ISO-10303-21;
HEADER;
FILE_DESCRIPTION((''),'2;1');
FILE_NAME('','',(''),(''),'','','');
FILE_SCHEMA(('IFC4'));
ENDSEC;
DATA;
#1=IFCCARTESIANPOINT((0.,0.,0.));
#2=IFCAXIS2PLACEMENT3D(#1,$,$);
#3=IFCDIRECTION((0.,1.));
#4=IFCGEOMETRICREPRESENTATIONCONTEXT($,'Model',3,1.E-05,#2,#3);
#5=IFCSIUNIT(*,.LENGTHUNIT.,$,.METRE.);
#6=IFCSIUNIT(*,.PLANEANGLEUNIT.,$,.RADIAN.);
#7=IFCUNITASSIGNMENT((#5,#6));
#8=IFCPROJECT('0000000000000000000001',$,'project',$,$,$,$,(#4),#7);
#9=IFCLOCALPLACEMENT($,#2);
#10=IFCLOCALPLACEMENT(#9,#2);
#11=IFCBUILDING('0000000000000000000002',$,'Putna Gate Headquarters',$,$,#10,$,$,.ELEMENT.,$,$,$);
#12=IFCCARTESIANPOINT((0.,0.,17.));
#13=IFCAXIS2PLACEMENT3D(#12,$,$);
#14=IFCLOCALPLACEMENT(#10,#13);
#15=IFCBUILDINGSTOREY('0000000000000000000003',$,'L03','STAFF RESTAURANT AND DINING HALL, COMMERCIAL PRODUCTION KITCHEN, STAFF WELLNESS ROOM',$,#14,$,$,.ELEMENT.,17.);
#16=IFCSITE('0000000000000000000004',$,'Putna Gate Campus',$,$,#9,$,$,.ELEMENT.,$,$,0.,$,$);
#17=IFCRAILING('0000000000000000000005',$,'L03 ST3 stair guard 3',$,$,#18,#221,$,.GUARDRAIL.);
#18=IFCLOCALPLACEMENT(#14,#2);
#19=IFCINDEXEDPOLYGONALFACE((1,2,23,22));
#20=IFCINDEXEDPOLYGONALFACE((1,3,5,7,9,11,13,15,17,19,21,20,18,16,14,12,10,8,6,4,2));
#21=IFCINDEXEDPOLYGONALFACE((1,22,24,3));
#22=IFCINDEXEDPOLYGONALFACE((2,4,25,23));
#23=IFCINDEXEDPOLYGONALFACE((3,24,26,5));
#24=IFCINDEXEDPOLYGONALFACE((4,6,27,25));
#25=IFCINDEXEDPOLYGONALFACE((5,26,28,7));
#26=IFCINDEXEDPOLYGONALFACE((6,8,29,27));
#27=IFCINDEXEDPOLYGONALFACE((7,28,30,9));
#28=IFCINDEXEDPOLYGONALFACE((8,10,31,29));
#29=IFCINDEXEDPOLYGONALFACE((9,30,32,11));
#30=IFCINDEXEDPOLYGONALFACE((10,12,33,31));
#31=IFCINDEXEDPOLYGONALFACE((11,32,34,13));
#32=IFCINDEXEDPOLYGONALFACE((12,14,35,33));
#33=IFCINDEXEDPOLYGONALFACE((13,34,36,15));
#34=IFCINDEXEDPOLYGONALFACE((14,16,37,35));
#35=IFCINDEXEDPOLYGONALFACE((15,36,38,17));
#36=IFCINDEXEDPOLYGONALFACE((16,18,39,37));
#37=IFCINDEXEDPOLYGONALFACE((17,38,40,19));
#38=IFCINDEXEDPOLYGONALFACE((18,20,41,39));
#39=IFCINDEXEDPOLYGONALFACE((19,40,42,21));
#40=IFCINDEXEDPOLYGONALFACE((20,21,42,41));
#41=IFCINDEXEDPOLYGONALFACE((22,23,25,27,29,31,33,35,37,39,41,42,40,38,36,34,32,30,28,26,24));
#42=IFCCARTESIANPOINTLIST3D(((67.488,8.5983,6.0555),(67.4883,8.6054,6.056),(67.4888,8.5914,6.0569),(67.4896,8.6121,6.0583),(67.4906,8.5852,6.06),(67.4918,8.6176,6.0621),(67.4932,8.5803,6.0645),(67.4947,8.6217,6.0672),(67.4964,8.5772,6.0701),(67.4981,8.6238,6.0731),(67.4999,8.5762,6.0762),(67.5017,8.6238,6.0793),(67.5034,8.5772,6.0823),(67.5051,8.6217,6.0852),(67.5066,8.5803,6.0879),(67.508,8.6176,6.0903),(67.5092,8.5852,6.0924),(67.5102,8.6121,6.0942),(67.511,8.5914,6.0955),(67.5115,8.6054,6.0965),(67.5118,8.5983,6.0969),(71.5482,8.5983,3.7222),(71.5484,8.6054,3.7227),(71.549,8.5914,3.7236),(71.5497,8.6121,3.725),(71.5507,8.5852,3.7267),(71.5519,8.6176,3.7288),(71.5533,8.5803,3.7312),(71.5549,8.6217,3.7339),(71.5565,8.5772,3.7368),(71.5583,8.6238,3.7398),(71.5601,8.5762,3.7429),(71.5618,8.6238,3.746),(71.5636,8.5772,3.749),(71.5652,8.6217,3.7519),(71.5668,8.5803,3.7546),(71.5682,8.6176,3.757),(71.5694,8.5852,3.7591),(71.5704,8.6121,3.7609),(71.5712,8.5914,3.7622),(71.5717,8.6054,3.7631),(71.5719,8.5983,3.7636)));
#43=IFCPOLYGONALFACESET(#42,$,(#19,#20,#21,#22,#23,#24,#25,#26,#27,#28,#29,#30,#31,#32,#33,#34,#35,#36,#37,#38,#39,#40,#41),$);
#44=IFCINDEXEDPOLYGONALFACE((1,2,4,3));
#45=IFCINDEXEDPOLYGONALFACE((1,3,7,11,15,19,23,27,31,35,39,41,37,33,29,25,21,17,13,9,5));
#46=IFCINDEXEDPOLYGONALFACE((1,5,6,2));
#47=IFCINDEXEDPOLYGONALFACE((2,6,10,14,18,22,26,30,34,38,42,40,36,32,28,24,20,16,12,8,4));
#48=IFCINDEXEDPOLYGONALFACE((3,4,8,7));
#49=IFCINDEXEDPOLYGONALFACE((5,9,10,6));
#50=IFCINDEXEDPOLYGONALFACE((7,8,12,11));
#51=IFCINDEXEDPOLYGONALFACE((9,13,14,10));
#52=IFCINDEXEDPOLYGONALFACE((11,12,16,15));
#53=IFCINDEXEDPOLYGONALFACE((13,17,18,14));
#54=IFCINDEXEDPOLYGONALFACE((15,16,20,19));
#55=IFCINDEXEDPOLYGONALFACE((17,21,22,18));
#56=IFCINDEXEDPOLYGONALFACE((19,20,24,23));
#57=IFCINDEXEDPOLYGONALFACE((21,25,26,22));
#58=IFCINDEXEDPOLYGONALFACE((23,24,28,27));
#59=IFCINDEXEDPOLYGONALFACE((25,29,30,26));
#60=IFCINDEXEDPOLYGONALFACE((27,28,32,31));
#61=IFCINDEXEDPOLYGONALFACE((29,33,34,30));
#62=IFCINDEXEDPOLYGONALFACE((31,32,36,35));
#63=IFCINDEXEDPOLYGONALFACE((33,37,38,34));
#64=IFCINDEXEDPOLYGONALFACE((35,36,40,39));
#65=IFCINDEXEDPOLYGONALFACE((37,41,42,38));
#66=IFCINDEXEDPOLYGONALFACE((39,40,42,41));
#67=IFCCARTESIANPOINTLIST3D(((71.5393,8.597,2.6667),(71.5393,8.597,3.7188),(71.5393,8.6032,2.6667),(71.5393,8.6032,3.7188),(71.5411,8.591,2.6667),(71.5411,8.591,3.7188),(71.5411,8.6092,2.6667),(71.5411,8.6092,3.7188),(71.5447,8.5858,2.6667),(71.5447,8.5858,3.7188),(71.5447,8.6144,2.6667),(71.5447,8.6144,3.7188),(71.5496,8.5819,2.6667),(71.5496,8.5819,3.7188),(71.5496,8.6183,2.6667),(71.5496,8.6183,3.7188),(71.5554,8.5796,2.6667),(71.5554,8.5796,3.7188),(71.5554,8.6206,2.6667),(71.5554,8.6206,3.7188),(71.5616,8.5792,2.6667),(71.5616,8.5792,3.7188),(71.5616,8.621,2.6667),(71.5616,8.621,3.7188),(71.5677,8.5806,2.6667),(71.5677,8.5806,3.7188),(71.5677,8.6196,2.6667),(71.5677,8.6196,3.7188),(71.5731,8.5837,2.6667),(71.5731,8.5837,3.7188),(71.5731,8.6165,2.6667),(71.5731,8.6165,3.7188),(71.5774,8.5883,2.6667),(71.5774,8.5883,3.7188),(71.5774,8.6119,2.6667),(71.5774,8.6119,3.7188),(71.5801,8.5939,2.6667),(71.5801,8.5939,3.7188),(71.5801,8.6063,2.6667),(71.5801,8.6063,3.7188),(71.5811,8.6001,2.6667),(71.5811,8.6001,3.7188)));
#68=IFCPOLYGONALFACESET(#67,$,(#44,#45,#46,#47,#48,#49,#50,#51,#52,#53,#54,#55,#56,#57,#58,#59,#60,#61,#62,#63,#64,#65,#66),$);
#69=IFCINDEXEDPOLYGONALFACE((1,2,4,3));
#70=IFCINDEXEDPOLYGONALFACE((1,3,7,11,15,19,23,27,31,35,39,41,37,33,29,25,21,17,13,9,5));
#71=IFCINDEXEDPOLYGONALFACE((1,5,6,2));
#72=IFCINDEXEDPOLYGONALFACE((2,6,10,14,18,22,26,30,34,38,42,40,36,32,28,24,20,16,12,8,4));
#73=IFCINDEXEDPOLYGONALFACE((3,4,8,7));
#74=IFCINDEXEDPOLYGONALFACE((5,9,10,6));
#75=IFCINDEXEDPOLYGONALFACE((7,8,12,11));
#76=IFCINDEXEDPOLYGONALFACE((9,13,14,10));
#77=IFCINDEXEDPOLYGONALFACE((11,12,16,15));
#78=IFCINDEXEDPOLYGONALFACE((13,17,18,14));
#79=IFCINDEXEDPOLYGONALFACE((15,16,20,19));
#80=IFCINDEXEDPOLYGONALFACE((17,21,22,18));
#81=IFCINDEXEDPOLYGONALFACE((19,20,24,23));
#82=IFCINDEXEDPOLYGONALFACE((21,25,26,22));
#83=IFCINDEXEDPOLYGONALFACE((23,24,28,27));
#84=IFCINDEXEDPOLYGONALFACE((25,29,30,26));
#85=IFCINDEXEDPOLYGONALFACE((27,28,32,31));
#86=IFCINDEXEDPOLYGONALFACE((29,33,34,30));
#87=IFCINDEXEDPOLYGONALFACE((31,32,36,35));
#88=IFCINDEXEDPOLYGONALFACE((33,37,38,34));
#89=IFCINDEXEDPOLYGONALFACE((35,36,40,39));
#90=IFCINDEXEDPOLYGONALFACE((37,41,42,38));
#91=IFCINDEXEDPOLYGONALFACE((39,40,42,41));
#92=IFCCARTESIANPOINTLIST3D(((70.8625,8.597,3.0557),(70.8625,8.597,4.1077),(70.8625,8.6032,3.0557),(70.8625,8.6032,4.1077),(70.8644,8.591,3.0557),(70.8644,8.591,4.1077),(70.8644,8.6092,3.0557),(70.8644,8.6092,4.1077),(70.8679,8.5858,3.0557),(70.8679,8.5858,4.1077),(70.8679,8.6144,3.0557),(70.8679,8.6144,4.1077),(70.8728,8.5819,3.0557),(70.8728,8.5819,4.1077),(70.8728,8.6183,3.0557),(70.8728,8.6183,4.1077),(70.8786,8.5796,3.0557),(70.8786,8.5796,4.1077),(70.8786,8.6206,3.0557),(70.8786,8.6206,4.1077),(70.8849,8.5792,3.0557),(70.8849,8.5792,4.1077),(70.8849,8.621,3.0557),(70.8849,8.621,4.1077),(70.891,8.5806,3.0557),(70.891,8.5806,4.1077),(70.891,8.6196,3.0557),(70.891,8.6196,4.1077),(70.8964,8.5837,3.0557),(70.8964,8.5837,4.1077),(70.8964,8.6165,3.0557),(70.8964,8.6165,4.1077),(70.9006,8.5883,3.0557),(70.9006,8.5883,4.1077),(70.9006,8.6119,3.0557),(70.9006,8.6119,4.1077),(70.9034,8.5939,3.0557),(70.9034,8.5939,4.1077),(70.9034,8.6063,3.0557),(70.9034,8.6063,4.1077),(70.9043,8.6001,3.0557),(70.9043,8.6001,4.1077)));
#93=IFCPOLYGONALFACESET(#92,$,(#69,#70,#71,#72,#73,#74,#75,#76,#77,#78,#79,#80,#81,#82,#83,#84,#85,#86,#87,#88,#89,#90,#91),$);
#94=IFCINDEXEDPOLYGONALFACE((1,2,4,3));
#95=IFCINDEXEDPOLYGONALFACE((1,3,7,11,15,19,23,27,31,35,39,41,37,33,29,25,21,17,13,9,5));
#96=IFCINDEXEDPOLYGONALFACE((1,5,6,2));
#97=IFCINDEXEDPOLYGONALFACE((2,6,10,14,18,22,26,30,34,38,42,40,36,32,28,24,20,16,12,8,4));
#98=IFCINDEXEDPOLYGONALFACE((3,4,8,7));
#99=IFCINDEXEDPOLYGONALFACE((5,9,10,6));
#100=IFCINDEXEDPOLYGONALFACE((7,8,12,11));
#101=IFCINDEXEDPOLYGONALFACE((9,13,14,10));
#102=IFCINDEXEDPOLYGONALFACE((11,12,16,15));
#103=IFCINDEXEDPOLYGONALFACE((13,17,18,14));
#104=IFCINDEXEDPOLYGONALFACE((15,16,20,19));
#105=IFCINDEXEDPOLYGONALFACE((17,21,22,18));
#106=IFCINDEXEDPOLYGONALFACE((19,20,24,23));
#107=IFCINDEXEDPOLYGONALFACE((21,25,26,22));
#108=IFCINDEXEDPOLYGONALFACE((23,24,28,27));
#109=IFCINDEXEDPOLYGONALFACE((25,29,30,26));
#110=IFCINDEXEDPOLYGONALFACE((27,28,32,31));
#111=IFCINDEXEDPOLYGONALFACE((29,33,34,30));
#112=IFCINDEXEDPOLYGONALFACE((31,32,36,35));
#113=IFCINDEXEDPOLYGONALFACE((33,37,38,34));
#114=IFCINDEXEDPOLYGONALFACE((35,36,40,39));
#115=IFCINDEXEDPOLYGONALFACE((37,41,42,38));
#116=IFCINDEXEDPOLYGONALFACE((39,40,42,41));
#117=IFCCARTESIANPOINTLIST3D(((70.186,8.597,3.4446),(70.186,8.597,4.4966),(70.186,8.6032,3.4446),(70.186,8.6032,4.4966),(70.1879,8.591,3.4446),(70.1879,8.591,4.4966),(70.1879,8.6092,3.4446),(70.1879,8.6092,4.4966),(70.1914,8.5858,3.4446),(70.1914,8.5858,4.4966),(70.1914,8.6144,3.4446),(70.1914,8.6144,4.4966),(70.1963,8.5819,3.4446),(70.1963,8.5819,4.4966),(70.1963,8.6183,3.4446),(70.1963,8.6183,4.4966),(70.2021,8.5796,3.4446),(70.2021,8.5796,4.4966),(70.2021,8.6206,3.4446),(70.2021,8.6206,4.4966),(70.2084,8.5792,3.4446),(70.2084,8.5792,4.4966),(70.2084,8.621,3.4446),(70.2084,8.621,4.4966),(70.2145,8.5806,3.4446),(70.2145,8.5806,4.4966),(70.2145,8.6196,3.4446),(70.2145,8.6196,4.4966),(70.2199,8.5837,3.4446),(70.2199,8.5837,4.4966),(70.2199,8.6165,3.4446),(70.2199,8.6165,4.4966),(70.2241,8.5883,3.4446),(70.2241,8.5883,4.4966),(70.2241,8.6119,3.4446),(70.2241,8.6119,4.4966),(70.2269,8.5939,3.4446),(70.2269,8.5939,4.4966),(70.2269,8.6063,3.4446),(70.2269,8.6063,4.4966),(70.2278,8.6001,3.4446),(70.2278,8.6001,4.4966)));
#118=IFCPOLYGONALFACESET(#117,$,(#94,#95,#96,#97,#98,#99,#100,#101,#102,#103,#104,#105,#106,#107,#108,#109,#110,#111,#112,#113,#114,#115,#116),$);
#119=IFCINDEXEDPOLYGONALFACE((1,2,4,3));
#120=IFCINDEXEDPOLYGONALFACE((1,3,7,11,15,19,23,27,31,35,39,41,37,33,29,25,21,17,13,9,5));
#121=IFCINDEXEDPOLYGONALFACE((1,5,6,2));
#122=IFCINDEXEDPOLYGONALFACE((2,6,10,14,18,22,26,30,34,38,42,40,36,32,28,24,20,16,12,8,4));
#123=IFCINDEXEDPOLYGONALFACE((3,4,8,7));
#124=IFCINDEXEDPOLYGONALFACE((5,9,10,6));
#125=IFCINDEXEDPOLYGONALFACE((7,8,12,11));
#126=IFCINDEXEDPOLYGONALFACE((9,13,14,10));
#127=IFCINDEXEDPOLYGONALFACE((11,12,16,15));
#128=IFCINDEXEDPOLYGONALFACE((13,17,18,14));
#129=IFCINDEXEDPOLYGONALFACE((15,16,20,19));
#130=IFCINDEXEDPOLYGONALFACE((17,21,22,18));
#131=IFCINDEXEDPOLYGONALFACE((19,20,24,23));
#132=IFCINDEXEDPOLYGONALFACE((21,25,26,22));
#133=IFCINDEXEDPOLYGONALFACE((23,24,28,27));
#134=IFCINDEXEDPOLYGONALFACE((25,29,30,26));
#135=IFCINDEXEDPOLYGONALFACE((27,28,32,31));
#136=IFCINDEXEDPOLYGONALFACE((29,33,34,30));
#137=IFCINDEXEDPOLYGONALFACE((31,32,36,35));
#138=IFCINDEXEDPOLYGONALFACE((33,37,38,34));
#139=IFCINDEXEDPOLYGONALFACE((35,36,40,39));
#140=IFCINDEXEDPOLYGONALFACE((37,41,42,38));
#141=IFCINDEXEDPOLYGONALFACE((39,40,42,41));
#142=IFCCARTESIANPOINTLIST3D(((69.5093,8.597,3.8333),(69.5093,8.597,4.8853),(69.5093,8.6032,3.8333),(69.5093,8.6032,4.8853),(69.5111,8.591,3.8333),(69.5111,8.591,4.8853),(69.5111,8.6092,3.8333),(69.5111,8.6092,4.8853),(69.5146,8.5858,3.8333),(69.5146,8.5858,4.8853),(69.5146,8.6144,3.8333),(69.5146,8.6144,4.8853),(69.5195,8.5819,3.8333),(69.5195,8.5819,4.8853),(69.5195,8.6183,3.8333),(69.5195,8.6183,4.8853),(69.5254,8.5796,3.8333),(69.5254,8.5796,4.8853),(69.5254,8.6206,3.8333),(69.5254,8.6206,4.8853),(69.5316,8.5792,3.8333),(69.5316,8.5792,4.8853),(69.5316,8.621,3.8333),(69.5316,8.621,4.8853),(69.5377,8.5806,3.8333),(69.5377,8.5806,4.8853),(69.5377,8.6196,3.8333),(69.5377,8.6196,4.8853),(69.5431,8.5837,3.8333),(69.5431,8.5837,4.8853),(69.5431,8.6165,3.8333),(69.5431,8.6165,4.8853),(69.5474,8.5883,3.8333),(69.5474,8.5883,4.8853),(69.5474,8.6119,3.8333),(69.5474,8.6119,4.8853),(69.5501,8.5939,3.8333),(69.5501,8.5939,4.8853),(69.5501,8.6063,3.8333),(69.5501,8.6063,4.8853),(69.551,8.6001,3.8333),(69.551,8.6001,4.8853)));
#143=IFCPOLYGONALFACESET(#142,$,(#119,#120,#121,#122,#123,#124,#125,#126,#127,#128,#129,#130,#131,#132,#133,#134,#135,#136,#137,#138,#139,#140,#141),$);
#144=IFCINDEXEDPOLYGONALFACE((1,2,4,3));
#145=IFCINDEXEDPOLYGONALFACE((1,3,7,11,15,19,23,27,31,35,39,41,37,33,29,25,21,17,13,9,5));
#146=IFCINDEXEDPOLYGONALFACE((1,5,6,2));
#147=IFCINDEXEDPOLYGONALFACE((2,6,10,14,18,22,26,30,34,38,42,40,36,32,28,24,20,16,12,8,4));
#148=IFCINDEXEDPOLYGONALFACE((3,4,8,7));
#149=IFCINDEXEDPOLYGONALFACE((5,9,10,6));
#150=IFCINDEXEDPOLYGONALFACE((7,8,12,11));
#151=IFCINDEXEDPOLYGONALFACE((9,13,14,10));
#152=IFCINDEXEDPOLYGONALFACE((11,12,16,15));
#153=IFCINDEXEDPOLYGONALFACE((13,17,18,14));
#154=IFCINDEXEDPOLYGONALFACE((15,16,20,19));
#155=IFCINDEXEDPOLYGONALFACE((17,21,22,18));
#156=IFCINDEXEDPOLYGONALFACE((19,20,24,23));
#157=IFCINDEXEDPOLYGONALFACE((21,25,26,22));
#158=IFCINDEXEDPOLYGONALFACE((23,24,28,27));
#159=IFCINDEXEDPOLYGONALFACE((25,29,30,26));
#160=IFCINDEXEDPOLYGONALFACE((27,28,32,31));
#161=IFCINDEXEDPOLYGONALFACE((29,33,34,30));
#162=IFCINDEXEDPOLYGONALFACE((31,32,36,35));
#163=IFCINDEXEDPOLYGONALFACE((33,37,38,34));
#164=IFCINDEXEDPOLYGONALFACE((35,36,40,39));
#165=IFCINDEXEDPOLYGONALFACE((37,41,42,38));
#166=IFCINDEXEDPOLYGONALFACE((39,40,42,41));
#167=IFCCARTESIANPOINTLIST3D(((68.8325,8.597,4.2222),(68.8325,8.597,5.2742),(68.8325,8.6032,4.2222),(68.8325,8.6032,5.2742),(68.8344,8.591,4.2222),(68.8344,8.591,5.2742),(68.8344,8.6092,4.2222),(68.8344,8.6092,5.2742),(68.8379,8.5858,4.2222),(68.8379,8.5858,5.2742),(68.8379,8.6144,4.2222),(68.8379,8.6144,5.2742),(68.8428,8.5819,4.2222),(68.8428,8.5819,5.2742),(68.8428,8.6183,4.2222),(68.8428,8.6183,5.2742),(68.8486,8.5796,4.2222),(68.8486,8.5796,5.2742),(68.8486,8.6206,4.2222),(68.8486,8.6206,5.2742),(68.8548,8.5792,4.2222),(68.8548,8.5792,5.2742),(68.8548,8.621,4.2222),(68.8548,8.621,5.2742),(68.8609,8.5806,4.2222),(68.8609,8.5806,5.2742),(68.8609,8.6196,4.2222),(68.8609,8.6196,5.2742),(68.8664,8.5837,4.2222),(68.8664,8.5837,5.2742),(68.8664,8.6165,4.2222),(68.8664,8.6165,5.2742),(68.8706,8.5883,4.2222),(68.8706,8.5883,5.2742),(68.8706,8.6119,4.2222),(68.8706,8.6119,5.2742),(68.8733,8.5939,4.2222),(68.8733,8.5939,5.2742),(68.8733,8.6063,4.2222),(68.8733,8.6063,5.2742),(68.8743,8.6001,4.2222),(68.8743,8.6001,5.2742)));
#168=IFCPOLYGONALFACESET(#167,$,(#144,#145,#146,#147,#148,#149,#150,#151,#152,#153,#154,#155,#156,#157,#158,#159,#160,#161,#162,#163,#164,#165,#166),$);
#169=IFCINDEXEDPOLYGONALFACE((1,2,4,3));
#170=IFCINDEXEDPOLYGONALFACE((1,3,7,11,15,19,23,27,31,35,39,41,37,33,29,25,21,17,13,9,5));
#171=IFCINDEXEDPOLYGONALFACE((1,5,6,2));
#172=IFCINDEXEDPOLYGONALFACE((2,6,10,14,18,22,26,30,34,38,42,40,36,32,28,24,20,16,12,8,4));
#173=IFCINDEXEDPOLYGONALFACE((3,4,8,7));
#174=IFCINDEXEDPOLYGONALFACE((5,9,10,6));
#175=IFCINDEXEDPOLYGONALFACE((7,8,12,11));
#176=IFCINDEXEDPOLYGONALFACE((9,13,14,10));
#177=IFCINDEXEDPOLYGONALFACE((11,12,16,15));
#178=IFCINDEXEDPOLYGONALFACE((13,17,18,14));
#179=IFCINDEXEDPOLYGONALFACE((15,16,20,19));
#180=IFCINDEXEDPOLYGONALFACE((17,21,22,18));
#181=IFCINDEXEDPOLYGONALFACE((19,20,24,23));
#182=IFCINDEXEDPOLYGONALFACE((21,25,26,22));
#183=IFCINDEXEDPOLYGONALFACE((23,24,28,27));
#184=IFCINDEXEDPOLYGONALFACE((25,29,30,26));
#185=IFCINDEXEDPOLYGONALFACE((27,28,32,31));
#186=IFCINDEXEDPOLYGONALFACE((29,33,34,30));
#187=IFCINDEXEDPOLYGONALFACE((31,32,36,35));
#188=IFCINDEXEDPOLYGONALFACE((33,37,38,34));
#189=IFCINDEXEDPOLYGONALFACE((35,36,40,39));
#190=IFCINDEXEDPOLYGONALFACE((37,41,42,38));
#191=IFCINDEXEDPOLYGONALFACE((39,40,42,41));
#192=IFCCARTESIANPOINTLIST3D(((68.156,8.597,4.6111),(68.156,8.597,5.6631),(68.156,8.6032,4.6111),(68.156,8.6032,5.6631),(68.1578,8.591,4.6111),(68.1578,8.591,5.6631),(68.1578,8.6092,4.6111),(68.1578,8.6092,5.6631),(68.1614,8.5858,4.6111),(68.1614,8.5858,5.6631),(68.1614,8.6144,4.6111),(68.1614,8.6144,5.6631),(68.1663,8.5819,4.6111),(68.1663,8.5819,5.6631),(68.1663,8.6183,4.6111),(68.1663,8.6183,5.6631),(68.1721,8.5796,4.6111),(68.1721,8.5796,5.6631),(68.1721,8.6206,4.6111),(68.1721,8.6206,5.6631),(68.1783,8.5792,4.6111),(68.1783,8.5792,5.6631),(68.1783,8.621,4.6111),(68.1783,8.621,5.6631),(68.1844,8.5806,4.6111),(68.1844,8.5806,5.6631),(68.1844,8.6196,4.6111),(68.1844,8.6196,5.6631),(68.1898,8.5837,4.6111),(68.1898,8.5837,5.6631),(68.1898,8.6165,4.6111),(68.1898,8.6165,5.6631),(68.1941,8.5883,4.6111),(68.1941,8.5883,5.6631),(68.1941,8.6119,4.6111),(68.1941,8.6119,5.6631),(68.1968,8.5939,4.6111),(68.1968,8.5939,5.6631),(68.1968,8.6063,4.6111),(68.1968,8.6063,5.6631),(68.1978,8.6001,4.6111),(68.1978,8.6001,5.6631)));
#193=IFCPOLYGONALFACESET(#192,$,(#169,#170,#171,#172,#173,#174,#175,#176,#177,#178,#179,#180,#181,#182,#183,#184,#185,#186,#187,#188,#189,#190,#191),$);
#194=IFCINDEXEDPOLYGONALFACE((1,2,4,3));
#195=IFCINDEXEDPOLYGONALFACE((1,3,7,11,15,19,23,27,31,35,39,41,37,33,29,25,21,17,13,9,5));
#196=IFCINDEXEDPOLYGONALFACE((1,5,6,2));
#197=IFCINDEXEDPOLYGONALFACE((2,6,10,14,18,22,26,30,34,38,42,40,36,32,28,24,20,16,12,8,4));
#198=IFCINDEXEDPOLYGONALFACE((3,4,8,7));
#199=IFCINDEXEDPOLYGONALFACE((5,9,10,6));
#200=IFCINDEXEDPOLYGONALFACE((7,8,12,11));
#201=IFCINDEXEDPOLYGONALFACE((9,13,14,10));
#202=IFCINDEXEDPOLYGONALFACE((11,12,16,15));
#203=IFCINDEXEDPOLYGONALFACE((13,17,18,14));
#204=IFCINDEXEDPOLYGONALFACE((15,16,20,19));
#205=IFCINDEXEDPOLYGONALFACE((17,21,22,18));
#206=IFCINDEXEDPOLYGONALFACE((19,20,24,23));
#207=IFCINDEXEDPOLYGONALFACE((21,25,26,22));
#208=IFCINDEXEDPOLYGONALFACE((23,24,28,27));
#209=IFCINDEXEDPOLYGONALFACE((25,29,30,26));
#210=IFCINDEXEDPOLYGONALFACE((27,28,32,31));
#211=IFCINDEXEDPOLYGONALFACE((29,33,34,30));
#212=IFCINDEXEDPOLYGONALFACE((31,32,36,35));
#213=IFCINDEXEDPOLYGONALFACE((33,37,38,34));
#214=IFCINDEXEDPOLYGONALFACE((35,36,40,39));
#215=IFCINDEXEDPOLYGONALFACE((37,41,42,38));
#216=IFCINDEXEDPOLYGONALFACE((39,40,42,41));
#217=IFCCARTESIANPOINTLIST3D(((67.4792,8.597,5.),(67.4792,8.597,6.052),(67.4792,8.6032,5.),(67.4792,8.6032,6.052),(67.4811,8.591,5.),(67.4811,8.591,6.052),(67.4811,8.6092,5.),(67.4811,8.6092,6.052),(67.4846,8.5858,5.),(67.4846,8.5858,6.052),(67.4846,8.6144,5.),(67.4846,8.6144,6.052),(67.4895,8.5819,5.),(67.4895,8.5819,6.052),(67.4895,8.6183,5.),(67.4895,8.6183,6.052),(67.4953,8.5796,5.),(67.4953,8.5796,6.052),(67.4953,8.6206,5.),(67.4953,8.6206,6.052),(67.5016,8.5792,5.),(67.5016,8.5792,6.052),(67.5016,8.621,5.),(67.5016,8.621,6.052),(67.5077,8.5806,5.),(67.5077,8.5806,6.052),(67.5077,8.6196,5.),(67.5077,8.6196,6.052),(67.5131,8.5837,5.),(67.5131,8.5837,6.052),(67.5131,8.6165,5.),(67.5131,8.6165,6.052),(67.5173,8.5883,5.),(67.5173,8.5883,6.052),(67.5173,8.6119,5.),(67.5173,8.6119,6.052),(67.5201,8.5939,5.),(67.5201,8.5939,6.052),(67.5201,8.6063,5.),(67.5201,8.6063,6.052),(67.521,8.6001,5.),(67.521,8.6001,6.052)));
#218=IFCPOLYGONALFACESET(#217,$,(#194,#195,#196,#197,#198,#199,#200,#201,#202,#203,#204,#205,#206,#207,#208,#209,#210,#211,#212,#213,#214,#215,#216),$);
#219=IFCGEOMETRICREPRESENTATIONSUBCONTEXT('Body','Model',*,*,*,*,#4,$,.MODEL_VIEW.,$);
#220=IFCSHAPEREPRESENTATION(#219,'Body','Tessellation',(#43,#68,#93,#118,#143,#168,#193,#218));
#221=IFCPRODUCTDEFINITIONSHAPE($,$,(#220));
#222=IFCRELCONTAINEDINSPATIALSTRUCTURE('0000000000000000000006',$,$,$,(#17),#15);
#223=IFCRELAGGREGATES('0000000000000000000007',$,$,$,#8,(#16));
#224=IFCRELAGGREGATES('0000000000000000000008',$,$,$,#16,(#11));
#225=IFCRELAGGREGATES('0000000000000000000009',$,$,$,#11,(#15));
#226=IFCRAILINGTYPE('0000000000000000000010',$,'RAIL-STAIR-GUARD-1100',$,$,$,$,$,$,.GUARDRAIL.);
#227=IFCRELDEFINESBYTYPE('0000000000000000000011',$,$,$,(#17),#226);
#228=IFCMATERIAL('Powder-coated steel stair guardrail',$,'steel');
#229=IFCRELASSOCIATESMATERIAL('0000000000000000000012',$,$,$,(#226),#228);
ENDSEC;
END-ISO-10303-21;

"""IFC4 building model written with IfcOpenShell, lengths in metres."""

from ifc_helpers import new_model, si_unit, direction, frame, origin, origin_2d, place, context, subcontext, project, spatial, circle, extrude, material, type_object, element, save


model = new_model("IFC4")

# Units and contexts
model_context = context("Model", 3, precision=1e-05, world=origin(), true_north=direction((0.0, 1.0)))
body_context = subcontext(model_context, "Body", "Model", "MODEL_VIEW")
ifc_project = project(units=[si_unit("LENGTHUNIT", "METRE"), si_unit("PLANEANGLEUNIT", "RADIAN")], contexts=[model_context])

# Site, building, storey
site_placement = place(None, origin())
site = spatial("IfcSite", under=ifc_project, at=site_placement, Name="Putna Gate Campus", CompositionType="ELEMENT", RefElevation=0.0)
building_placement = place(site_placement, origin())
building = spatial("IfcBuilding", under=site, at=building_placement, Name="Putna Gate Headquarters", CompositionType="ELEMENT")
storey_placement = place(building_placement, frame((0.0, 0.0, 17.0)))
storey = spatial("IfcBuildingStorey", under=building, at=storey_placement, Name="L03", Description="STAFF RESTAURANT AND DINING HALL, COMMERCIAL PRODUCTION KITCHEN, STAFF WELLNESS ROOM", CompositionType="ELEMENT", Elevation=17.0)

# Railing
ifc_material_1 = material(Name="Powder-coated steel stair guardrail", Category="steel")
railing_type_1 = type_object("IfcRailingType", Name="RAIL-STAIR-GUARD-1100", PredefinedType="GUARDRAIL", material=ifc_material_1)
railing_1_placement = place(storey_placement, frame((71.5601, 8.6001, 2.6667)))
element("IfcRailing", 1, at=railing_1_placement, inside=storey, type_object=railing_type_1, Name="L03 ST3 stair guard 3", PredefinedType="GUARDRAIL", context=body_context, shape_type="SweptSolid", body=[
    extrude(circle(Radius=0.0239, at=origin_2d()), frame((0.0, 0.0, 1.0762), z_axis=(-0.867025, 0.0, 0.498265), x_axis=(0.0, -1.0, 0.0)), (0.0, 0.0, 1.0), 4.6829),
    extrude(circle(Radius=0.021, at=origin_2d()), origin(), (0.0, 0.0, 1.0), 1.052),
    extrude(circle(Radius=0.021, at=origin_2d()), frame((-0.6768, 0.0, 0.3889)), (0.0, 0.0, 1.0), 1.052),
    extrude(circle(Radius=0.021, at=origin_2d()), frame((-1.3533, 0.0, 0.7778)), (0.0, 0.0, 1.0), 1.052),
    extrude(circle(Radius=0.021, at=origin_2d()), frame((-2.03, 0.0, 1.1665)), (0.0, 0.0, 1.0), 1.052),
    extrude(circle(Radius=0.021, at=origin_2d()), frame((-2.7068, 0.0, 1.5554)), (0.0, 0.0, 1.0), 1.052),
    extrude(circle(Radius=0.021, at=origin_2d()), frame((-3.3833, 0.0, 1.9443)), (0.0, 0.0, 1.0), 1.052),
    extrude(circle(Radius=0.021, at=origin_2d()), frame((-4.0601, 0.0, 2.3333)), (0.0, 0.0, 1.0), 1.052),
])

save(model, "model.ifc")
